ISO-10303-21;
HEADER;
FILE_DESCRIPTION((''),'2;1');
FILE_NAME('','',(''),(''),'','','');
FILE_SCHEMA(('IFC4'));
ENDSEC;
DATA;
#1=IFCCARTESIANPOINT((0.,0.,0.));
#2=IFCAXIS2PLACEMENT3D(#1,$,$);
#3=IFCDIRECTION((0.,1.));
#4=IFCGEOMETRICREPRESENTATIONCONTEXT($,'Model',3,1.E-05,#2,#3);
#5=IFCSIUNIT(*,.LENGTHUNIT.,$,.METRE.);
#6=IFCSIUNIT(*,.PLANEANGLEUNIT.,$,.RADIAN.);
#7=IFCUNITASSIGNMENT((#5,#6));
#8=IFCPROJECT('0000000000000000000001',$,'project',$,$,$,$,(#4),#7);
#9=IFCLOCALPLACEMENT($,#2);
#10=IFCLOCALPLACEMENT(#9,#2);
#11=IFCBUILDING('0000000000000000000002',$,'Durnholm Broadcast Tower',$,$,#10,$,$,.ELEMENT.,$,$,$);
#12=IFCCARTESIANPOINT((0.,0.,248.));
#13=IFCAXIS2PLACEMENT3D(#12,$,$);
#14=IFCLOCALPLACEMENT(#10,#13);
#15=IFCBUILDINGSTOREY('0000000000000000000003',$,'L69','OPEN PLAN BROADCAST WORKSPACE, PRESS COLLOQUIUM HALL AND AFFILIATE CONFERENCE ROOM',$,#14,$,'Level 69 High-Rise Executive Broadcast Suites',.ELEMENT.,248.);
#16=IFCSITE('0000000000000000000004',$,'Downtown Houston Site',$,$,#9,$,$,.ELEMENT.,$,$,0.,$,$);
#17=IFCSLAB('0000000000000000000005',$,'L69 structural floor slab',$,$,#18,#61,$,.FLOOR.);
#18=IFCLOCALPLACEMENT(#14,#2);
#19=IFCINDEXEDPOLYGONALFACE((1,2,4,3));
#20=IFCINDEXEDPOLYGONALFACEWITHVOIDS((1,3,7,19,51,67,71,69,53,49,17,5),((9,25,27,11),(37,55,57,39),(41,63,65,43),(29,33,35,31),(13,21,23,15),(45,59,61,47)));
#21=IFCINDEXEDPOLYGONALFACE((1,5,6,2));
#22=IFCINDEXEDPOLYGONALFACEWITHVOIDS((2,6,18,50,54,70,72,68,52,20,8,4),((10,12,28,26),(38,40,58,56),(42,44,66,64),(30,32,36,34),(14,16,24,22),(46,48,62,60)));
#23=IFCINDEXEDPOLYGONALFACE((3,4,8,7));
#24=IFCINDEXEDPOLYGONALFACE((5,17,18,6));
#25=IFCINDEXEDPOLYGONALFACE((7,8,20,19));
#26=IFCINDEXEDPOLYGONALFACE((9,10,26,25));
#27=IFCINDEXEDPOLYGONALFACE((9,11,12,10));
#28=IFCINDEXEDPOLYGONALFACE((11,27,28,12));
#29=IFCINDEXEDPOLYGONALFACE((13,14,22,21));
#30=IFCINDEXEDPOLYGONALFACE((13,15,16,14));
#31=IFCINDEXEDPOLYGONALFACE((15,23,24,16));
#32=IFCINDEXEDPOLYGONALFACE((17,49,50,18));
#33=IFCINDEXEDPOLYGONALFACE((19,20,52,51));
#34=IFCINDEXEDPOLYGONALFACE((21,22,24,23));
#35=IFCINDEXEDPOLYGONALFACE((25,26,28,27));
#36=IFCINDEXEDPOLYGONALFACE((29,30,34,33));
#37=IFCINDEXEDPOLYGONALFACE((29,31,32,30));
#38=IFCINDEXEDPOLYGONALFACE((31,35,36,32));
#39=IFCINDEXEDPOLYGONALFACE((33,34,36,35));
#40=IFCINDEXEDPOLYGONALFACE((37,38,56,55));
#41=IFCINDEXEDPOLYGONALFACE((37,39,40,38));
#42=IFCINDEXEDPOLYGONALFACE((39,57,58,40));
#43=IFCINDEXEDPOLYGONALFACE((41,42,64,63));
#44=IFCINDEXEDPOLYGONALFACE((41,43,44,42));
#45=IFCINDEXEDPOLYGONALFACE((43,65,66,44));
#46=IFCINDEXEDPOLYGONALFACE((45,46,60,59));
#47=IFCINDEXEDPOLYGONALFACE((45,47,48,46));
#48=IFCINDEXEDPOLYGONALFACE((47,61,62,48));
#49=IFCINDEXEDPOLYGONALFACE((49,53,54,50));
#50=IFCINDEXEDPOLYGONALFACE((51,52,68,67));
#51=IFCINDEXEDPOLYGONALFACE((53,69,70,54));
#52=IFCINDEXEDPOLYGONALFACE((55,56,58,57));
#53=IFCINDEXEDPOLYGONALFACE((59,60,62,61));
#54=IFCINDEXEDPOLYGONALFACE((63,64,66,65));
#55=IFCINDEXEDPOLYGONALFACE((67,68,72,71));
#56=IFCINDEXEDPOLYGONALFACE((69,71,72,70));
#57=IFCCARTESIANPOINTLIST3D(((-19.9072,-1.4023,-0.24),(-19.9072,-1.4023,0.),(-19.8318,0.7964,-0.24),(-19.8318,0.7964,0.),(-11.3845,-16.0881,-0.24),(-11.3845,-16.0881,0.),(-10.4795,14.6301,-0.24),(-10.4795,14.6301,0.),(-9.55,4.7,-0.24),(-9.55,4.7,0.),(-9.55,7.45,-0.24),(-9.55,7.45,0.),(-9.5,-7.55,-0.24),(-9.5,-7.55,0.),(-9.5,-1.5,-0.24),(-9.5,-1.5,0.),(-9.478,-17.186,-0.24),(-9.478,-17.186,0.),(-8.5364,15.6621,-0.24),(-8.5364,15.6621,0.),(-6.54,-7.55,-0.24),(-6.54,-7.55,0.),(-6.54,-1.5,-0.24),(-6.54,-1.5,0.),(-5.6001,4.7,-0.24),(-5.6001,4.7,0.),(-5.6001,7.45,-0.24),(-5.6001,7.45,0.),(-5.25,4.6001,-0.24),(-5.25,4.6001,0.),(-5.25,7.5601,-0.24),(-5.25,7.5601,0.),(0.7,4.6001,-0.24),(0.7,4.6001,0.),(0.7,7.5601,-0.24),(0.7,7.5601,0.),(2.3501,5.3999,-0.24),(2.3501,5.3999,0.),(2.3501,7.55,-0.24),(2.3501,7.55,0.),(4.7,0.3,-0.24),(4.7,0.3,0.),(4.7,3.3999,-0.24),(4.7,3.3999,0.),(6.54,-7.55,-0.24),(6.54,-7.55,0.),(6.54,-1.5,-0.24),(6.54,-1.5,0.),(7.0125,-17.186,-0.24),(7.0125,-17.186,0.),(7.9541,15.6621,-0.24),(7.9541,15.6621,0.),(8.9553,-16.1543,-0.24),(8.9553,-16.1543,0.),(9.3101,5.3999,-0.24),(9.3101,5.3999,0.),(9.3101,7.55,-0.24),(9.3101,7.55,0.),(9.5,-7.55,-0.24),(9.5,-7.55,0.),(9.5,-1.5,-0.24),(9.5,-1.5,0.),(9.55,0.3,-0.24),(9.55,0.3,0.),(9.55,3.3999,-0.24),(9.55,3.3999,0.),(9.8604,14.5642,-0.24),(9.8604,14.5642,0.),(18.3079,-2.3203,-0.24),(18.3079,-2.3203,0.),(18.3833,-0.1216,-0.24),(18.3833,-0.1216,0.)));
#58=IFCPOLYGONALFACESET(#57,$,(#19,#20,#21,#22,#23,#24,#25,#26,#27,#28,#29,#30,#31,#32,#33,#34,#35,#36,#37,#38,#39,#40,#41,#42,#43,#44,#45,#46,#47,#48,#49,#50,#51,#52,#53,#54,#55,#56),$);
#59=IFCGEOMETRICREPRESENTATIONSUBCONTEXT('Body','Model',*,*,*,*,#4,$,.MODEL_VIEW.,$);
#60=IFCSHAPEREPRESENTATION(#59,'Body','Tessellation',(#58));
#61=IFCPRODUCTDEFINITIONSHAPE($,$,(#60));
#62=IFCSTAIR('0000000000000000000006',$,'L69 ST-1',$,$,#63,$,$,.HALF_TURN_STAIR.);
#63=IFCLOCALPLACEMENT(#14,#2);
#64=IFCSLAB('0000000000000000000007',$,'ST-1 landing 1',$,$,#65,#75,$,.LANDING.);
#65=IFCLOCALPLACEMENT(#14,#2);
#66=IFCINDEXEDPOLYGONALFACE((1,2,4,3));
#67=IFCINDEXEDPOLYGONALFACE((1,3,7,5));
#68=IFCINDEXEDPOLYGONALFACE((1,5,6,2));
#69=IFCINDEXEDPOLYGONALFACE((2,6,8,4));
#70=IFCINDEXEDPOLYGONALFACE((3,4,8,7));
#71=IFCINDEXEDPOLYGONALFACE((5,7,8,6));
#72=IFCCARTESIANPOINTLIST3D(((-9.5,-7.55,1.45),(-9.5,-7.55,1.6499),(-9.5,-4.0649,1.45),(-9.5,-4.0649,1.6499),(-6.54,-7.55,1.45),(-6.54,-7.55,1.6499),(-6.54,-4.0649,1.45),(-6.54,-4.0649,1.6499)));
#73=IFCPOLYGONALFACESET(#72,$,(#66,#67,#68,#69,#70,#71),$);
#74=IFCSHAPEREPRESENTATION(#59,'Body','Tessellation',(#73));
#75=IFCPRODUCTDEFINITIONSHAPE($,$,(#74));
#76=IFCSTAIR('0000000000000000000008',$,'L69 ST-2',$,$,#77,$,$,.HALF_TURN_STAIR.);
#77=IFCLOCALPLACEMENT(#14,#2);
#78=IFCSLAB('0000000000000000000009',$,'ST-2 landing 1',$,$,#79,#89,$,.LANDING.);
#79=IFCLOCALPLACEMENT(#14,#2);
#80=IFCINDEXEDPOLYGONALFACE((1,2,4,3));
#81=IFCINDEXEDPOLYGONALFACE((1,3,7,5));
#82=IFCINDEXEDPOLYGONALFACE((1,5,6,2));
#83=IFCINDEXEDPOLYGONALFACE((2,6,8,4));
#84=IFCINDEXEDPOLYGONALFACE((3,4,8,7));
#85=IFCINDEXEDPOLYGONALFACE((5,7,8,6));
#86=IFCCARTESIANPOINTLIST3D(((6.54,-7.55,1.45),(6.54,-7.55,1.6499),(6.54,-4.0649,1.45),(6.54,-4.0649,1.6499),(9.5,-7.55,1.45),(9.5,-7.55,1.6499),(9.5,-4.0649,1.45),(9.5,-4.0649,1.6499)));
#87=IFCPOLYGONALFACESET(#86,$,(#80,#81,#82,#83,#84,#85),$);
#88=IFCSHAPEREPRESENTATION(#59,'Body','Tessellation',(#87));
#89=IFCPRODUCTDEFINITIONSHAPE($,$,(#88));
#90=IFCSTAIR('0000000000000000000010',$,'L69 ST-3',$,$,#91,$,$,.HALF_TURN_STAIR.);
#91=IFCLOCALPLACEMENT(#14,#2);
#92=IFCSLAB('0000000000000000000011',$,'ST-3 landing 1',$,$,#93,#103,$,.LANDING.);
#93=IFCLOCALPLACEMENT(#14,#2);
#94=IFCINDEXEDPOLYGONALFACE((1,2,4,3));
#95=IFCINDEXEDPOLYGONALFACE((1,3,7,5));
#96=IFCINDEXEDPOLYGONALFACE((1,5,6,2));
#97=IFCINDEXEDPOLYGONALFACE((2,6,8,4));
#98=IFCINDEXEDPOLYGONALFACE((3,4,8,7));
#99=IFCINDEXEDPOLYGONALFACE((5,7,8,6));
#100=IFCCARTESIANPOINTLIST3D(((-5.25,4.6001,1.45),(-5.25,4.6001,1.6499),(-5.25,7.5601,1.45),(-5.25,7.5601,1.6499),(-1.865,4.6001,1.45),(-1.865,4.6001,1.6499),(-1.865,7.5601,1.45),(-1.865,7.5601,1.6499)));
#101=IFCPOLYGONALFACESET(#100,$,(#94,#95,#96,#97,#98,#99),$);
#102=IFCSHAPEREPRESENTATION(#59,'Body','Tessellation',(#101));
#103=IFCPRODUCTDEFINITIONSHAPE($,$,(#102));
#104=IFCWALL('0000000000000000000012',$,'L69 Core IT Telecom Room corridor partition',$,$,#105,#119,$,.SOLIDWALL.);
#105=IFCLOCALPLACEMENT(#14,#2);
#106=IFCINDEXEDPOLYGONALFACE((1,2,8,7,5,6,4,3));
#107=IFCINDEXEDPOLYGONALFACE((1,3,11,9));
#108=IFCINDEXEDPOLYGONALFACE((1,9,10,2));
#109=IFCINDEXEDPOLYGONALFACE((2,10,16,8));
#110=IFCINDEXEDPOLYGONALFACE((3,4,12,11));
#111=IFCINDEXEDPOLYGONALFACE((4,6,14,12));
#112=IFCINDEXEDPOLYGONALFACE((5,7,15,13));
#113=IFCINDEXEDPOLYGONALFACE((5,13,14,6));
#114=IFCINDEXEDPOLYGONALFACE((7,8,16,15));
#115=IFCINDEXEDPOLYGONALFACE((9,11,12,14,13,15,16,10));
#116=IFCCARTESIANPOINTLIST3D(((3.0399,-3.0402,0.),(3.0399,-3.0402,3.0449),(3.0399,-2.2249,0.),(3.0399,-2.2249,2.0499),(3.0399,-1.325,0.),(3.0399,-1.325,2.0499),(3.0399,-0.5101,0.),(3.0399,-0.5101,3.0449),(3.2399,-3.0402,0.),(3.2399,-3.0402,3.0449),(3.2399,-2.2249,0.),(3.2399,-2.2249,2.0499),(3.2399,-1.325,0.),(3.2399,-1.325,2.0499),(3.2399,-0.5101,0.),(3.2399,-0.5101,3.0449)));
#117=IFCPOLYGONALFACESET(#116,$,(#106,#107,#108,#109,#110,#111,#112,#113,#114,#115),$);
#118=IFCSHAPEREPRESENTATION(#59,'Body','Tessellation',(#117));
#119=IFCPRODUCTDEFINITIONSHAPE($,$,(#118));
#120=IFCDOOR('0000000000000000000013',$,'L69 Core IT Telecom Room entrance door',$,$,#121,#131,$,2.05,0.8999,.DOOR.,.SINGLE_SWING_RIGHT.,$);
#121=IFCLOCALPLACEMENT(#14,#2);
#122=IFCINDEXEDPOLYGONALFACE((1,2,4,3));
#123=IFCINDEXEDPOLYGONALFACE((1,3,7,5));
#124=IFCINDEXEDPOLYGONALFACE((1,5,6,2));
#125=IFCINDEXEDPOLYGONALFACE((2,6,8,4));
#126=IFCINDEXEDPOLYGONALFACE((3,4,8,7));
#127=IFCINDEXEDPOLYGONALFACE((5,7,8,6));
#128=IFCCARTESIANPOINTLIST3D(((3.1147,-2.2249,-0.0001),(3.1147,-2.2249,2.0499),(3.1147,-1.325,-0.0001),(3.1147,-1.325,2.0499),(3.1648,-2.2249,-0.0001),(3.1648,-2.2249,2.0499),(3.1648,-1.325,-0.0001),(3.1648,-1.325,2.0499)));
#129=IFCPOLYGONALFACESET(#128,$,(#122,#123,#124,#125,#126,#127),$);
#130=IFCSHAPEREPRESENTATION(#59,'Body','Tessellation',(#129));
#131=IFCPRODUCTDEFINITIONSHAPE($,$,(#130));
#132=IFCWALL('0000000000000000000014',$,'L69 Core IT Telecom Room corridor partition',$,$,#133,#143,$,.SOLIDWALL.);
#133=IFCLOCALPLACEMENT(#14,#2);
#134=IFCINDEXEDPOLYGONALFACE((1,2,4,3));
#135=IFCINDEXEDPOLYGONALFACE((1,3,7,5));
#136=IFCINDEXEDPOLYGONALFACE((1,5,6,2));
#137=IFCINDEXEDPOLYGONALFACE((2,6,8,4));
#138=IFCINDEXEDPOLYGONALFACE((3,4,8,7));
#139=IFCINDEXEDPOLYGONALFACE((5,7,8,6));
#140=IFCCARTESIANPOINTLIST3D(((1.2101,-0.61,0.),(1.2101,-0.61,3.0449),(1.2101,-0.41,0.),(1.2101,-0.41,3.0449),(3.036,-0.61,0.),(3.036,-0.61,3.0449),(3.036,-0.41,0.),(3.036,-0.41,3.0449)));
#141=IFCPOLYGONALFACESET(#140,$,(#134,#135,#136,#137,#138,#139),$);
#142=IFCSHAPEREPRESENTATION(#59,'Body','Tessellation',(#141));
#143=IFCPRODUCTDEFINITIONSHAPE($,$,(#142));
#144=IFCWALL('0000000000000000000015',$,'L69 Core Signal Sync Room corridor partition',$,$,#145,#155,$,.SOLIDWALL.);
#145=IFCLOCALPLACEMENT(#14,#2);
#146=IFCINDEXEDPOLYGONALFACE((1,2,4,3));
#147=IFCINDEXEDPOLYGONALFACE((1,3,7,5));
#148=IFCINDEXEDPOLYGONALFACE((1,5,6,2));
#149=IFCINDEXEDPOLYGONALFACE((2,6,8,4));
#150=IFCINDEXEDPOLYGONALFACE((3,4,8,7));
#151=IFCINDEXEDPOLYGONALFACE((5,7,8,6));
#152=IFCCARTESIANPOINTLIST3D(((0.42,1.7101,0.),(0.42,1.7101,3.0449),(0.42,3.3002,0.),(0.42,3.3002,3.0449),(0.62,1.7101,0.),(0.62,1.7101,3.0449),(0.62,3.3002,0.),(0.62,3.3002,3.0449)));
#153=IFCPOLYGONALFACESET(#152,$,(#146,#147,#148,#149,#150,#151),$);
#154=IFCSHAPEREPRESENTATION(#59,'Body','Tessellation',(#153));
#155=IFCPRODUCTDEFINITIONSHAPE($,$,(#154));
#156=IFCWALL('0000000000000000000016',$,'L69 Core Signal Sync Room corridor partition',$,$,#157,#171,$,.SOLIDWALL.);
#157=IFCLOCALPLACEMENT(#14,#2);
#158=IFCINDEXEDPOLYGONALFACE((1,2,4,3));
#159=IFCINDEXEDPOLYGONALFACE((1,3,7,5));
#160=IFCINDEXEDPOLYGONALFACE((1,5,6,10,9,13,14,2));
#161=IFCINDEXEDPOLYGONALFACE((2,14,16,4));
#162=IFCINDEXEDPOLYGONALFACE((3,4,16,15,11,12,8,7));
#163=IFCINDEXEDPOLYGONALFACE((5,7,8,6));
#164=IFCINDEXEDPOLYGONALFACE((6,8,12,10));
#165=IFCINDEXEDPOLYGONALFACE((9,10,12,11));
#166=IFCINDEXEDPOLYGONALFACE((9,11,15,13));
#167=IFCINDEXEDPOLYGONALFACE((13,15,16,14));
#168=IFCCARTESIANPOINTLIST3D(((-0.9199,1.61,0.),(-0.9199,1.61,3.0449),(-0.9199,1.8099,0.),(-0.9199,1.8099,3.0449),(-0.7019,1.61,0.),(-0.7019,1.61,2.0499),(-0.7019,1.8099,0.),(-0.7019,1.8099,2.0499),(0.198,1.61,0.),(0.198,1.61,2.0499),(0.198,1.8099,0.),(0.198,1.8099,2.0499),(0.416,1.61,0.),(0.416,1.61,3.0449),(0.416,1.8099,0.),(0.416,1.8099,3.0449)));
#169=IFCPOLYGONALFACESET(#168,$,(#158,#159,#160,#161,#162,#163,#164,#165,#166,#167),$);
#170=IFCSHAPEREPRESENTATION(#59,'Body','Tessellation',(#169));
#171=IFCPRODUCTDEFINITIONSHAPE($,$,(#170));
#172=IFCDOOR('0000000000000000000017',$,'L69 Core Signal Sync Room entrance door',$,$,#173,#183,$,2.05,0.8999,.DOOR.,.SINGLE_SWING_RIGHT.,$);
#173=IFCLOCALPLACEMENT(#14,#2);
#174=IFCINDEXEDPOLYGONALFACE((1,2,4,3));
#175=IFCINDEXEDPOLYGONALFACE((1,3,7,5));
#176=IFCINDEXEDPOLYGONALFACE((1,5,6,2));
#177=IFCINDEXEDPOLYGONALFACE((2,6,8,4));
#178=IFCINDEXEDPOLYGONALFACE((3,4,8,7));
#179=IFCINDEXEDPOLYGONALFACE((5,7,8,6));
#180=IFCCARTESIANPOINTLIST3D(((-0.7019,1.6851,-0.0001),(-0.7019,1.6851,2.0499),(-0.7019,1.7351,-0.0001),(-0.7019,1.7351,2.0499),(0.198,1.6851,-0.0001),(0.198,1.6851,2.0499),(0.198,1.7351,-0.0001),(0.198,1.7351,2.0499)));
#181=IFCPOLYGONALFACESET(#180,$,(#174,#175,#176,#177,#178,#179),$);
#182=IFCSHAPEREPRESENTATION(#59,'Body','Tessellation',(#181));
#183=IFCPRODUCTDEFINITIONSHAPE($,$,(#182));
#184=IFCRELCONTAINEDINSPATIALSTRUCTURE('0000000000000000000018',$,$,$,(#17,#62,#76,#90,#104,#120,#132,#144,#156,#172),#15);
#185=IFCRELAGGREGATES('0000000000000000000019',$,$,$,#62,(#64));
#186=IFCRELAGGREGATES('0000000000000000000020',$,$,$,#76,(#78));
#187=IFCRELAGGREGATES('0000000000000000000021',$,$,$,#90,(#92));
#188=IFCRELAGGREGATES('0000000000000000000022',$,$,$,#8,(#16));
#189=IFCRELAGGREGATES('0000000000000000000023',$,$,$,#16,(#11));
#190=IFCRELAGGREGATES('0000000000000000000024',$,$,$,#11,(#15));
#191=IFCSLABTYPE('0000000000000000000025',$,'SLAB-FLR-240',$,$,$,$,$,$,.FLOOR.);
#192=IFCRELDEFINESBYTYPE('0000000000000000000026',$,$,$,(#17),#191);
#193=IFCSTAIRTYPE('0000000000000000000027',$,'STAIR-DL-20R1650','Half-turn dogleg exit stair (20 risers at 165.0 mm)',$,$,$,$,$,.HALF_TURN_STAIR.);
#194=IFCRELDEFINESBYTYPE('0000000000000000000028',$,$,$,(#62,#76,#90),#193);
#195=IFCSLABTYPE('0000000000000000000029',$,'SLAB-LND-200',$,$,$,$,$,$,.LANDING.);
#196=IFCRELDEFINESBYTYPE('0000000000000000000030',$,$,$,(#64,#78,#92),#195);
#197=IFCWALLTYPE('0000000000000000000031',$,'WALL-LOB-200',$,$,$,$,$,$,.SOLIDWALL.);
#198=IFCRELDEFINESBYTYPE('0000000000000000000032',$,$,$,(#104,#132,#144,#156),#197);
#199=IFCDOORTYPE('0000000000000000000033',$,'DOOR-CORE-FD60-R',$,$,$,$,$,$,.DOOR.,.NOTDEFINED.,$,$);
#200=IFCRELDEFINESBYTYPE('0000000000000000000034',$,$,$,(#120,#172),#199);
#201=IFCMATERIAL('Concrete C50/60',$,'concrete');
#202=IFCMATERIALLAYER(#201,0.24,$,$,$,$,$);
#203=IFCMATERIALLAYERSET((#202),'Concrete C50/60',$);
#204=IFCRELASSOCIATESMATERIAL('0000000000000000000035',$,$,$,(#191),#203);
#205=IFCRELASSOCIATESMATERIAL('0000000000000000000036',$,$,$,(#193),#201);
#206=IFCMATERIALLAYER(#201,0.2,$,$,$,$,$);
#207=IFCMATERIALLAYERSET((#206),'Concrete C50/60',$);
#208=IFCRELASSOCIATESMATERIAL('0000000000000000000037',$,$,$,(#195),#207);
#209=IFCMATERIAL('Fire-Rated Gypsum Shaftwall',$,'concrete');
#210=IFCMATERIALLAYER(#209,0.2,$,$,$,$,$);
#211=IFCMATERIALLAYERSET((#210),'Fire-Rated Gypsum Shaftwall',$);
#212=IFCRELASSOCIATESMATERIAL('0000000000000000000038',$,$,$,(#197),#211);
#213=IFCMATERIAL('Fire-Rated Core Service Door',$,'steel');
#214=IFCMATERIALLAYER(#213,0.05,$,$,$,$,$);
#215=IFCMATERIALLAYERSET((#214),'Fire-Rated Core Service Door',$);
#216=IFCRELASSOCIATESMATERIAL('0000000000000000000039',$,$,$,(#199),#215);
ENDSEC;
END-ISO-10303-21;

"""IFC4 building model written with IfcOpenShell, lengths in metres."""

from ifc_helpers import new_model, si_unit, direction, frame, frame_2d, origin, place, context, subcontext, project, spatial, polyline, rectangle, outline, extrude, source, transform, mapped, material, layer, layer_set, type_object, type_shapes, element, fill, aggregate, save


model = new_model("IFC4")

# Units and contexts
model_context = context("Model", 3, precision=1e-05, world=origin(), true_north=direction((0.0, 1.0)))
body_context = subcontext(model_context, "Body", "Model", "MODEL_VIEW")
ifc_project = project(units=[si_unit("LENGTHUNIT", "METRE"), si_unit("PLANEANGLEUNIT", "RADIAN")], contexts=[model_context])

# Site, building, storey
site_placement = place(None, origin())
site = spatial("IfcSite", under=ifc_project, at=site_placement, Name="Downtown Houston Site", CompositionType="ELEMENT", RefElevation=0.0)
building_placement = place(site_placement, origin())
building = spatial("IfcBuilding", under=site, at=building_placement, Name="Durnholm Broadcast Tower", CompositionType="ELEMENT")
storey_placement = place(building_placement, frame((0.0, 0.0, 248.0)))
storey = spatial("IfcBuildingStorey", under=building, at=storey_placement, Name="L69", Description="OPEN PLAN BROADCAST WORKSPACE, PRESS COLLOQUIUM HALL AND AFFILIATE CONFERENCE ROOM", LongName="Level 69 High-Rise Executive Broadcast Suites", CompositionType="ELEMENT", Elevation=248.0)

# Slab
ifc_material_1 = material(Name="Concrete C50/60", Category="concrete")
ifc_layer_1 = layer(ifc_material_1, 0.24)
ifc_layer_set_1 = layer_set([ifc_layer_1], Name="Concrete C50/60")
slab_type_1 = type_object("IfcSlabType", Name="SLAB-FLR-240", PredefinedType="FLOOR", material=ifc_layer_set_1)
slab_1_placement = place(storey_placement, frame((0.0, 0.0, -0.24)))
element("IfcSlab", 1, at=slab_1_placement, inside=storey, type_object=slab_type_1, Name="L69 structural floor slab", PredefinedType="FLOOR", context=body_context, shape_type="SweptSolid", body=[
    extrude(outline(polyline([(-11.3845, -16.0881), (-9.478, -17.186), (7.0125, -17.186), (8.9553, -16.1543), (18.3079, -2.3203), (18.3833, -0.1216), (9.8604, 14.5642), (7.9541, 15.6621), (-8.5364, 15.6621), (-10.4795, 14.6301), (-19.8318, 0.7964), (-19.9072, -1.4023), (-11.3845, -16.0881)]), holes=[polyline([(-6.54, -1.5), (-9.5, -1.5), (-9.5, -7.55), (-6.54, -7.55), (-6.54, -1.5)]), polyline([(9.5, -7.55), (9.5, -1.5), (6.54, -1.5), (6.54, -7.55), (9.5, -7.55)]), polyline([(9.55, 3.3999), (4.7, 3.3999), (4.7, 0.3), (9.55, 0.3), (9.55, 3.3999)]), polyline([(-9.55, 7.45), (-9.55, 4.7), (-5.6001, 4.7), (-5.6001, 7.45), (-9.55, 7.45)]), polyline([(-5.25, 4.6001), (0.7, 4.6001), (0.7, 7.5601), (-5.25, 7.5601), (-5.25, 4.6001)]), polyline([(9.3101, 7.55), (2.3501, 7.55), (2.3501, 5.3999), (9.3101, 5.3999), (9.3101, 7.55)])]), origin(), (0.0, 0.0, 1.0), 0.24),
])

# Stairs, slabs
stair_type = type_object("IfcStairType", Name="STAIR-DL-20R1650", Description="Half-turn dogleg exit stair (20 risers at 165.0 mm)", PredefinedType="HALF_TURN_STAIR", material=ifc_material_1)
stair_1_placement = place(storey_placement, origin())
stair_1 = element("IfcStair", 2, at=stair_1_placement, inside=storey, type_object=stair_type, Name="L69 ST-1", PredefinedType="HALF_TURN_STAIR")
ifc_layer_2 = layer(ifc_material_1, 0.2)
ifc_layer_set_2 = layer_set([ifc_layer_2], Name="Concrete C50/60")
slab_type_2 = type_object("IfcSlabType", Name="SLAB-LND-200", PredefinedType="LANDING", material=ifc_layer_set_2)
slab_2_placement = place(storey_placement, frame((0.0, 0.0, 1.45)))
slab_2 = element("IfcSlab", 3, at=slab_2_placement, type_object=slab_type_2, Name="ST-1 landing 1", PredefinedType="LANDING", context=body_context, shape_type="SweptSolid", body=[
    extrude(outline(polyline([(-9.5, -4.0649), (-9.5, -7.55), (-6.54, -7.55), (-6.54, -4.0649), (-9.5, -4.0649)])), origin(), (0.0, 0.0, 1.0), 0.2),
])
aggregate(stair_1, [slab_2])
stair_2_placement = place(storey_placement, origin())
stair_2 = element("IfcStair", 4, at=stair_2_placement, inside=storey, type_object=stair_type, Name="L69 ST-2", PredefinedType="HALF_TURN_STAIR")
slab_3_placement = place(storey_placement, frame((0.0, 0.0, 1.45)))
slab_3 = element("IfcSlab", 5, at=slab_3_placement, type_object=slab_type_2, Name="ST-2 landing 1", PredefinedType="LANDING", context=body_context, shape_type="SweptSolid", body=[
    extrude(outline(polyline([(6.54, -4.0649), (6.54, -7.55), (9.5, -7.55), (9.5, -4.0649), (6.54, -4.0649)])), origin(), (0.0, 0.0, 1.0), 0.2),
])
aggregate(stair_2, [slab_3])
stair_3_placement = place(storey_placement, origin())
stair_3 = element("IfcStair", 6, at=stair_3_placement, inside=storey, type_object=stair_type, Name="L69 ST-3", PredefinedType="HALF_TURN_STAIR")
slab_4_placement = place(storey_placement, frame((0.0, 0.0, 1.45)))
slab_4 = element("IfcSlab", 7, at=slab_4_placement, type_object=slab_type_2, Name="ST-3 landing 1", PredefinedType="LANDING", context=body_context, shape_type="SweptSolid", body=[
    extrude(outline(polyline([(-1.865, 7.5601), (-5.25, 7.5601), (-5.25, 4.6001), (-1.865, 4.6001), (-1.865, 7.5601)])), origin(), (0.0, 0.0, 1.0), 0.2),
])
aggregate(stair_3, [slab_4])

# Wall, opening, door
ifc_material_2 = material(Name="Fire-Rated Gypsum Shaftwall", Category="concrete")
ifc_layer_3 = layer(ifc_material_2, 0.2)
ifc_layer_set_3 = layer_set([ifc_layer_3], Name="Fire-Rated Gypsum Shaftwall")
wall_type_1 = type_object("IfcWallType", Name="WALL-LOB-200", PredefinedType="SOLIDWALL", material=ifc_layer_set_3)
wall_1_placement = place(storey_placement, frame((3.1399, -0.51, 0.0), z_axis=(0.0, 0.0, 1.0), x_axis=(0.0, -1.0, 0.0)))
wall_1 = element("IfcWall", 8, at=wall_1_placement, inside=storey, type_object=wall_type_1, Name="L69 Core IT Telecom Room corridor partition", PredefinedType="SOLIDWALL", context=body_context, shape_type="SweptSolid", body=[
    extrude(rectangle(XDim=2.53, YDim=0.2, at=frame_2d((1.2651, 0.0))), origin(), (0.0, 0.0, 1.0), 3.0449),
])
opening_1_placement = place(wall_1_placement, frame((0.8149, 0.0, 0.0)))
opening_1 = element("IfcOpeningElement", 9, at=opening_1_placement, cuts=wall_1, PredefinedType="OPENING", context=body_context, shape_type="SweptSolid", body=[
    extrude(rectangle(XDim=0.8999, YDim=2.05, at=frame_2d((0.45, 1.0249))), frame((0.0, 0.1099, 0.0), z_axis=(0.0, -1.0, 0.0), x_axis=(1.0, 0.0, 0.0)), (0.0, 0.0, 1.0), 0.22),
])
ifc_material_3 = material(Name="Fire-Rated Core Service Door", Category="steel")
ifc_layer_4 = layer(ifc_material_3, 0.05)
ifc_layer_set_4 = layer_set([ifc_layer_4], Name="Fire-Rated Core Service Door")
door_type_1 = type_object("IfcDoorType", Name="DOOR-CORE-FD60-R", OperationType="NOTDEFINED", PredefinedType="DOOR", material=ifc_layer_set_4)
shared_shape_1 = source(origin(), body_context, "Body", "SweptSolid", [
    extrude(rectangle(XDim=0.8999, YDim=2.05, at=frame_2d((0.45, 1.0249))), frame((0.0, 0.0249, 0.0), z_axis=(0.0, -1.0, 0.0), x_axis=(1.0, 0.0, 0.0)), (0.0, 0.0, 1.0), 0.05),
])
type_shapes(door_type_1, [shared_shape_1])
door_1_placement = place(opening_1_placement, origin())
door_1 = element("IfcDoor", 10, at=door_1_placement, inside=storey, type_object=door_type_1, Name="L69 Core IT Telecom Room entrance door", OperationType="SINGLE_SWING_RIGHT", OverallHeight=2.05, OverallWidth=0.8999, PredefinedType="DOOR", context=body_context, shape_type="MappedRepresentation", body=[
    mapped(shared_shape_1, transform((0.0, 0.0, 0.0), x_axis=(1.0, 0.0, 0.0), y_axis=(0.0, 1.0, 0.0), z_axis=(0.0, 0.0, 1.0), scale=1.0)),
])
fill(opening_1, door_1)

# Walls
wall_2_placement = place(storey_placement, frame((1.21, -0.51, 0.0), z_axis=(0.0, 0.0, 1.0), x_axis=(1.0, 0.0, 0.0)))
element("IfcWall", 11, at=wall_2_placement, inside=storey, type_object=wall_type_1, Name="L69 Core IT Telecom Room corridor partition", PredefinedType="SOLIDWALL", context=body_context, shape_type="SweptSolid", body=[
    extrude(rectangle(XDim=1.8259, YDim=0.2, at=frame_2d((0.9131, 0.0))), origin(), (0.0, 0.0, 1.0), 3.0449),
])
wall_3_placement = place(storey_placement, frame((0.52, 3.3, 0.0), z_axis=(0.0, 0.0, 1.0), x_axis=(0.0, -1.0, 0.0)))
element("IfcWall", 12, at=wall_3_placement, inside=storey, type_object=wall_type_1, Name="L69 Core Signal Sync Room corridor partition", PredefinedType="SOLIDWALL", context=body_context, shape_type="SweptSolid", body=[
    extrude(rectangle(XDim=1.5901, YDim=0.2, at=frame_2d((0.7949, 0.0))), origin(), (0.0, 0.0, 1.0), 3.0449),
])

# Wall, opening, door
wall_4_placement = place(storey_placement, frame((0.416, 1.71, 0.0), z_axis=(0.0, 0.0, 1.0), x_axis=(-1.0, 0.0, 0.0)))
wall_4 = element("IfcWall", 13, at=wall_4_placement, inside=storey, type_object=wall_type_1, Name="L69 Core Signal Sync Room corridor partition", PredefinedType="SOLIDWALL", context=body_context, shape_type="SweptSolid", body=[
    extrude(rectangle(XDim=1.3359, YDim=0.2, at=frame_2d((0.668, 0.0))), origin(), (0.0, 0.0, 1.0), 3.0449),
])
opening_2_placement = place(wall_4_placement, frame((0.218, 0.0, 0.0)))
opening_2 = element("IfcOpeningElement", 14, at=opening_2_placement, cuts=wall_4, PredefinedType="OPENING", context=body_context, shape_type="SweptSolid", body=[
    extrude(rectangle(XDim=0.8999, YDim=2.05, at=frame_2d((0.45, 1.0249))), frame((0.0, 0.1099, 0.0), z_axis=(0.0, -1.0, 0.0), x_axis=(1.0, 0.0, 0.0)), (0.0, 0.0, 1.0), 0.22),
])
door_2_placement = place(opening_2_placement, origin())
door_2 = element("IfcDoor", 15, at=door_2_placement, inside=storey, type_object=door_type_1, Name="L69 Core Signal Sync Room entrance door", OperationType="SINGLE_SWING_RIGHT", OverallHeight=2.05, OverallWidth=0.8999, PredefinedType="DOOR", context=body_context, shape_type="MappedRepresentation", body=[
    mapped(shared_shape_1, transform((0.0, 0.0, 0.0), x_axis=(1.0, 0.0, 0.0), y_axis=(0.0, 1.0, 0.0), z_axis=(0.0, 0.0, 1.0), scale=1.0)),
])
fill(opening_2, door_2)

save(model, "model.ifc")
